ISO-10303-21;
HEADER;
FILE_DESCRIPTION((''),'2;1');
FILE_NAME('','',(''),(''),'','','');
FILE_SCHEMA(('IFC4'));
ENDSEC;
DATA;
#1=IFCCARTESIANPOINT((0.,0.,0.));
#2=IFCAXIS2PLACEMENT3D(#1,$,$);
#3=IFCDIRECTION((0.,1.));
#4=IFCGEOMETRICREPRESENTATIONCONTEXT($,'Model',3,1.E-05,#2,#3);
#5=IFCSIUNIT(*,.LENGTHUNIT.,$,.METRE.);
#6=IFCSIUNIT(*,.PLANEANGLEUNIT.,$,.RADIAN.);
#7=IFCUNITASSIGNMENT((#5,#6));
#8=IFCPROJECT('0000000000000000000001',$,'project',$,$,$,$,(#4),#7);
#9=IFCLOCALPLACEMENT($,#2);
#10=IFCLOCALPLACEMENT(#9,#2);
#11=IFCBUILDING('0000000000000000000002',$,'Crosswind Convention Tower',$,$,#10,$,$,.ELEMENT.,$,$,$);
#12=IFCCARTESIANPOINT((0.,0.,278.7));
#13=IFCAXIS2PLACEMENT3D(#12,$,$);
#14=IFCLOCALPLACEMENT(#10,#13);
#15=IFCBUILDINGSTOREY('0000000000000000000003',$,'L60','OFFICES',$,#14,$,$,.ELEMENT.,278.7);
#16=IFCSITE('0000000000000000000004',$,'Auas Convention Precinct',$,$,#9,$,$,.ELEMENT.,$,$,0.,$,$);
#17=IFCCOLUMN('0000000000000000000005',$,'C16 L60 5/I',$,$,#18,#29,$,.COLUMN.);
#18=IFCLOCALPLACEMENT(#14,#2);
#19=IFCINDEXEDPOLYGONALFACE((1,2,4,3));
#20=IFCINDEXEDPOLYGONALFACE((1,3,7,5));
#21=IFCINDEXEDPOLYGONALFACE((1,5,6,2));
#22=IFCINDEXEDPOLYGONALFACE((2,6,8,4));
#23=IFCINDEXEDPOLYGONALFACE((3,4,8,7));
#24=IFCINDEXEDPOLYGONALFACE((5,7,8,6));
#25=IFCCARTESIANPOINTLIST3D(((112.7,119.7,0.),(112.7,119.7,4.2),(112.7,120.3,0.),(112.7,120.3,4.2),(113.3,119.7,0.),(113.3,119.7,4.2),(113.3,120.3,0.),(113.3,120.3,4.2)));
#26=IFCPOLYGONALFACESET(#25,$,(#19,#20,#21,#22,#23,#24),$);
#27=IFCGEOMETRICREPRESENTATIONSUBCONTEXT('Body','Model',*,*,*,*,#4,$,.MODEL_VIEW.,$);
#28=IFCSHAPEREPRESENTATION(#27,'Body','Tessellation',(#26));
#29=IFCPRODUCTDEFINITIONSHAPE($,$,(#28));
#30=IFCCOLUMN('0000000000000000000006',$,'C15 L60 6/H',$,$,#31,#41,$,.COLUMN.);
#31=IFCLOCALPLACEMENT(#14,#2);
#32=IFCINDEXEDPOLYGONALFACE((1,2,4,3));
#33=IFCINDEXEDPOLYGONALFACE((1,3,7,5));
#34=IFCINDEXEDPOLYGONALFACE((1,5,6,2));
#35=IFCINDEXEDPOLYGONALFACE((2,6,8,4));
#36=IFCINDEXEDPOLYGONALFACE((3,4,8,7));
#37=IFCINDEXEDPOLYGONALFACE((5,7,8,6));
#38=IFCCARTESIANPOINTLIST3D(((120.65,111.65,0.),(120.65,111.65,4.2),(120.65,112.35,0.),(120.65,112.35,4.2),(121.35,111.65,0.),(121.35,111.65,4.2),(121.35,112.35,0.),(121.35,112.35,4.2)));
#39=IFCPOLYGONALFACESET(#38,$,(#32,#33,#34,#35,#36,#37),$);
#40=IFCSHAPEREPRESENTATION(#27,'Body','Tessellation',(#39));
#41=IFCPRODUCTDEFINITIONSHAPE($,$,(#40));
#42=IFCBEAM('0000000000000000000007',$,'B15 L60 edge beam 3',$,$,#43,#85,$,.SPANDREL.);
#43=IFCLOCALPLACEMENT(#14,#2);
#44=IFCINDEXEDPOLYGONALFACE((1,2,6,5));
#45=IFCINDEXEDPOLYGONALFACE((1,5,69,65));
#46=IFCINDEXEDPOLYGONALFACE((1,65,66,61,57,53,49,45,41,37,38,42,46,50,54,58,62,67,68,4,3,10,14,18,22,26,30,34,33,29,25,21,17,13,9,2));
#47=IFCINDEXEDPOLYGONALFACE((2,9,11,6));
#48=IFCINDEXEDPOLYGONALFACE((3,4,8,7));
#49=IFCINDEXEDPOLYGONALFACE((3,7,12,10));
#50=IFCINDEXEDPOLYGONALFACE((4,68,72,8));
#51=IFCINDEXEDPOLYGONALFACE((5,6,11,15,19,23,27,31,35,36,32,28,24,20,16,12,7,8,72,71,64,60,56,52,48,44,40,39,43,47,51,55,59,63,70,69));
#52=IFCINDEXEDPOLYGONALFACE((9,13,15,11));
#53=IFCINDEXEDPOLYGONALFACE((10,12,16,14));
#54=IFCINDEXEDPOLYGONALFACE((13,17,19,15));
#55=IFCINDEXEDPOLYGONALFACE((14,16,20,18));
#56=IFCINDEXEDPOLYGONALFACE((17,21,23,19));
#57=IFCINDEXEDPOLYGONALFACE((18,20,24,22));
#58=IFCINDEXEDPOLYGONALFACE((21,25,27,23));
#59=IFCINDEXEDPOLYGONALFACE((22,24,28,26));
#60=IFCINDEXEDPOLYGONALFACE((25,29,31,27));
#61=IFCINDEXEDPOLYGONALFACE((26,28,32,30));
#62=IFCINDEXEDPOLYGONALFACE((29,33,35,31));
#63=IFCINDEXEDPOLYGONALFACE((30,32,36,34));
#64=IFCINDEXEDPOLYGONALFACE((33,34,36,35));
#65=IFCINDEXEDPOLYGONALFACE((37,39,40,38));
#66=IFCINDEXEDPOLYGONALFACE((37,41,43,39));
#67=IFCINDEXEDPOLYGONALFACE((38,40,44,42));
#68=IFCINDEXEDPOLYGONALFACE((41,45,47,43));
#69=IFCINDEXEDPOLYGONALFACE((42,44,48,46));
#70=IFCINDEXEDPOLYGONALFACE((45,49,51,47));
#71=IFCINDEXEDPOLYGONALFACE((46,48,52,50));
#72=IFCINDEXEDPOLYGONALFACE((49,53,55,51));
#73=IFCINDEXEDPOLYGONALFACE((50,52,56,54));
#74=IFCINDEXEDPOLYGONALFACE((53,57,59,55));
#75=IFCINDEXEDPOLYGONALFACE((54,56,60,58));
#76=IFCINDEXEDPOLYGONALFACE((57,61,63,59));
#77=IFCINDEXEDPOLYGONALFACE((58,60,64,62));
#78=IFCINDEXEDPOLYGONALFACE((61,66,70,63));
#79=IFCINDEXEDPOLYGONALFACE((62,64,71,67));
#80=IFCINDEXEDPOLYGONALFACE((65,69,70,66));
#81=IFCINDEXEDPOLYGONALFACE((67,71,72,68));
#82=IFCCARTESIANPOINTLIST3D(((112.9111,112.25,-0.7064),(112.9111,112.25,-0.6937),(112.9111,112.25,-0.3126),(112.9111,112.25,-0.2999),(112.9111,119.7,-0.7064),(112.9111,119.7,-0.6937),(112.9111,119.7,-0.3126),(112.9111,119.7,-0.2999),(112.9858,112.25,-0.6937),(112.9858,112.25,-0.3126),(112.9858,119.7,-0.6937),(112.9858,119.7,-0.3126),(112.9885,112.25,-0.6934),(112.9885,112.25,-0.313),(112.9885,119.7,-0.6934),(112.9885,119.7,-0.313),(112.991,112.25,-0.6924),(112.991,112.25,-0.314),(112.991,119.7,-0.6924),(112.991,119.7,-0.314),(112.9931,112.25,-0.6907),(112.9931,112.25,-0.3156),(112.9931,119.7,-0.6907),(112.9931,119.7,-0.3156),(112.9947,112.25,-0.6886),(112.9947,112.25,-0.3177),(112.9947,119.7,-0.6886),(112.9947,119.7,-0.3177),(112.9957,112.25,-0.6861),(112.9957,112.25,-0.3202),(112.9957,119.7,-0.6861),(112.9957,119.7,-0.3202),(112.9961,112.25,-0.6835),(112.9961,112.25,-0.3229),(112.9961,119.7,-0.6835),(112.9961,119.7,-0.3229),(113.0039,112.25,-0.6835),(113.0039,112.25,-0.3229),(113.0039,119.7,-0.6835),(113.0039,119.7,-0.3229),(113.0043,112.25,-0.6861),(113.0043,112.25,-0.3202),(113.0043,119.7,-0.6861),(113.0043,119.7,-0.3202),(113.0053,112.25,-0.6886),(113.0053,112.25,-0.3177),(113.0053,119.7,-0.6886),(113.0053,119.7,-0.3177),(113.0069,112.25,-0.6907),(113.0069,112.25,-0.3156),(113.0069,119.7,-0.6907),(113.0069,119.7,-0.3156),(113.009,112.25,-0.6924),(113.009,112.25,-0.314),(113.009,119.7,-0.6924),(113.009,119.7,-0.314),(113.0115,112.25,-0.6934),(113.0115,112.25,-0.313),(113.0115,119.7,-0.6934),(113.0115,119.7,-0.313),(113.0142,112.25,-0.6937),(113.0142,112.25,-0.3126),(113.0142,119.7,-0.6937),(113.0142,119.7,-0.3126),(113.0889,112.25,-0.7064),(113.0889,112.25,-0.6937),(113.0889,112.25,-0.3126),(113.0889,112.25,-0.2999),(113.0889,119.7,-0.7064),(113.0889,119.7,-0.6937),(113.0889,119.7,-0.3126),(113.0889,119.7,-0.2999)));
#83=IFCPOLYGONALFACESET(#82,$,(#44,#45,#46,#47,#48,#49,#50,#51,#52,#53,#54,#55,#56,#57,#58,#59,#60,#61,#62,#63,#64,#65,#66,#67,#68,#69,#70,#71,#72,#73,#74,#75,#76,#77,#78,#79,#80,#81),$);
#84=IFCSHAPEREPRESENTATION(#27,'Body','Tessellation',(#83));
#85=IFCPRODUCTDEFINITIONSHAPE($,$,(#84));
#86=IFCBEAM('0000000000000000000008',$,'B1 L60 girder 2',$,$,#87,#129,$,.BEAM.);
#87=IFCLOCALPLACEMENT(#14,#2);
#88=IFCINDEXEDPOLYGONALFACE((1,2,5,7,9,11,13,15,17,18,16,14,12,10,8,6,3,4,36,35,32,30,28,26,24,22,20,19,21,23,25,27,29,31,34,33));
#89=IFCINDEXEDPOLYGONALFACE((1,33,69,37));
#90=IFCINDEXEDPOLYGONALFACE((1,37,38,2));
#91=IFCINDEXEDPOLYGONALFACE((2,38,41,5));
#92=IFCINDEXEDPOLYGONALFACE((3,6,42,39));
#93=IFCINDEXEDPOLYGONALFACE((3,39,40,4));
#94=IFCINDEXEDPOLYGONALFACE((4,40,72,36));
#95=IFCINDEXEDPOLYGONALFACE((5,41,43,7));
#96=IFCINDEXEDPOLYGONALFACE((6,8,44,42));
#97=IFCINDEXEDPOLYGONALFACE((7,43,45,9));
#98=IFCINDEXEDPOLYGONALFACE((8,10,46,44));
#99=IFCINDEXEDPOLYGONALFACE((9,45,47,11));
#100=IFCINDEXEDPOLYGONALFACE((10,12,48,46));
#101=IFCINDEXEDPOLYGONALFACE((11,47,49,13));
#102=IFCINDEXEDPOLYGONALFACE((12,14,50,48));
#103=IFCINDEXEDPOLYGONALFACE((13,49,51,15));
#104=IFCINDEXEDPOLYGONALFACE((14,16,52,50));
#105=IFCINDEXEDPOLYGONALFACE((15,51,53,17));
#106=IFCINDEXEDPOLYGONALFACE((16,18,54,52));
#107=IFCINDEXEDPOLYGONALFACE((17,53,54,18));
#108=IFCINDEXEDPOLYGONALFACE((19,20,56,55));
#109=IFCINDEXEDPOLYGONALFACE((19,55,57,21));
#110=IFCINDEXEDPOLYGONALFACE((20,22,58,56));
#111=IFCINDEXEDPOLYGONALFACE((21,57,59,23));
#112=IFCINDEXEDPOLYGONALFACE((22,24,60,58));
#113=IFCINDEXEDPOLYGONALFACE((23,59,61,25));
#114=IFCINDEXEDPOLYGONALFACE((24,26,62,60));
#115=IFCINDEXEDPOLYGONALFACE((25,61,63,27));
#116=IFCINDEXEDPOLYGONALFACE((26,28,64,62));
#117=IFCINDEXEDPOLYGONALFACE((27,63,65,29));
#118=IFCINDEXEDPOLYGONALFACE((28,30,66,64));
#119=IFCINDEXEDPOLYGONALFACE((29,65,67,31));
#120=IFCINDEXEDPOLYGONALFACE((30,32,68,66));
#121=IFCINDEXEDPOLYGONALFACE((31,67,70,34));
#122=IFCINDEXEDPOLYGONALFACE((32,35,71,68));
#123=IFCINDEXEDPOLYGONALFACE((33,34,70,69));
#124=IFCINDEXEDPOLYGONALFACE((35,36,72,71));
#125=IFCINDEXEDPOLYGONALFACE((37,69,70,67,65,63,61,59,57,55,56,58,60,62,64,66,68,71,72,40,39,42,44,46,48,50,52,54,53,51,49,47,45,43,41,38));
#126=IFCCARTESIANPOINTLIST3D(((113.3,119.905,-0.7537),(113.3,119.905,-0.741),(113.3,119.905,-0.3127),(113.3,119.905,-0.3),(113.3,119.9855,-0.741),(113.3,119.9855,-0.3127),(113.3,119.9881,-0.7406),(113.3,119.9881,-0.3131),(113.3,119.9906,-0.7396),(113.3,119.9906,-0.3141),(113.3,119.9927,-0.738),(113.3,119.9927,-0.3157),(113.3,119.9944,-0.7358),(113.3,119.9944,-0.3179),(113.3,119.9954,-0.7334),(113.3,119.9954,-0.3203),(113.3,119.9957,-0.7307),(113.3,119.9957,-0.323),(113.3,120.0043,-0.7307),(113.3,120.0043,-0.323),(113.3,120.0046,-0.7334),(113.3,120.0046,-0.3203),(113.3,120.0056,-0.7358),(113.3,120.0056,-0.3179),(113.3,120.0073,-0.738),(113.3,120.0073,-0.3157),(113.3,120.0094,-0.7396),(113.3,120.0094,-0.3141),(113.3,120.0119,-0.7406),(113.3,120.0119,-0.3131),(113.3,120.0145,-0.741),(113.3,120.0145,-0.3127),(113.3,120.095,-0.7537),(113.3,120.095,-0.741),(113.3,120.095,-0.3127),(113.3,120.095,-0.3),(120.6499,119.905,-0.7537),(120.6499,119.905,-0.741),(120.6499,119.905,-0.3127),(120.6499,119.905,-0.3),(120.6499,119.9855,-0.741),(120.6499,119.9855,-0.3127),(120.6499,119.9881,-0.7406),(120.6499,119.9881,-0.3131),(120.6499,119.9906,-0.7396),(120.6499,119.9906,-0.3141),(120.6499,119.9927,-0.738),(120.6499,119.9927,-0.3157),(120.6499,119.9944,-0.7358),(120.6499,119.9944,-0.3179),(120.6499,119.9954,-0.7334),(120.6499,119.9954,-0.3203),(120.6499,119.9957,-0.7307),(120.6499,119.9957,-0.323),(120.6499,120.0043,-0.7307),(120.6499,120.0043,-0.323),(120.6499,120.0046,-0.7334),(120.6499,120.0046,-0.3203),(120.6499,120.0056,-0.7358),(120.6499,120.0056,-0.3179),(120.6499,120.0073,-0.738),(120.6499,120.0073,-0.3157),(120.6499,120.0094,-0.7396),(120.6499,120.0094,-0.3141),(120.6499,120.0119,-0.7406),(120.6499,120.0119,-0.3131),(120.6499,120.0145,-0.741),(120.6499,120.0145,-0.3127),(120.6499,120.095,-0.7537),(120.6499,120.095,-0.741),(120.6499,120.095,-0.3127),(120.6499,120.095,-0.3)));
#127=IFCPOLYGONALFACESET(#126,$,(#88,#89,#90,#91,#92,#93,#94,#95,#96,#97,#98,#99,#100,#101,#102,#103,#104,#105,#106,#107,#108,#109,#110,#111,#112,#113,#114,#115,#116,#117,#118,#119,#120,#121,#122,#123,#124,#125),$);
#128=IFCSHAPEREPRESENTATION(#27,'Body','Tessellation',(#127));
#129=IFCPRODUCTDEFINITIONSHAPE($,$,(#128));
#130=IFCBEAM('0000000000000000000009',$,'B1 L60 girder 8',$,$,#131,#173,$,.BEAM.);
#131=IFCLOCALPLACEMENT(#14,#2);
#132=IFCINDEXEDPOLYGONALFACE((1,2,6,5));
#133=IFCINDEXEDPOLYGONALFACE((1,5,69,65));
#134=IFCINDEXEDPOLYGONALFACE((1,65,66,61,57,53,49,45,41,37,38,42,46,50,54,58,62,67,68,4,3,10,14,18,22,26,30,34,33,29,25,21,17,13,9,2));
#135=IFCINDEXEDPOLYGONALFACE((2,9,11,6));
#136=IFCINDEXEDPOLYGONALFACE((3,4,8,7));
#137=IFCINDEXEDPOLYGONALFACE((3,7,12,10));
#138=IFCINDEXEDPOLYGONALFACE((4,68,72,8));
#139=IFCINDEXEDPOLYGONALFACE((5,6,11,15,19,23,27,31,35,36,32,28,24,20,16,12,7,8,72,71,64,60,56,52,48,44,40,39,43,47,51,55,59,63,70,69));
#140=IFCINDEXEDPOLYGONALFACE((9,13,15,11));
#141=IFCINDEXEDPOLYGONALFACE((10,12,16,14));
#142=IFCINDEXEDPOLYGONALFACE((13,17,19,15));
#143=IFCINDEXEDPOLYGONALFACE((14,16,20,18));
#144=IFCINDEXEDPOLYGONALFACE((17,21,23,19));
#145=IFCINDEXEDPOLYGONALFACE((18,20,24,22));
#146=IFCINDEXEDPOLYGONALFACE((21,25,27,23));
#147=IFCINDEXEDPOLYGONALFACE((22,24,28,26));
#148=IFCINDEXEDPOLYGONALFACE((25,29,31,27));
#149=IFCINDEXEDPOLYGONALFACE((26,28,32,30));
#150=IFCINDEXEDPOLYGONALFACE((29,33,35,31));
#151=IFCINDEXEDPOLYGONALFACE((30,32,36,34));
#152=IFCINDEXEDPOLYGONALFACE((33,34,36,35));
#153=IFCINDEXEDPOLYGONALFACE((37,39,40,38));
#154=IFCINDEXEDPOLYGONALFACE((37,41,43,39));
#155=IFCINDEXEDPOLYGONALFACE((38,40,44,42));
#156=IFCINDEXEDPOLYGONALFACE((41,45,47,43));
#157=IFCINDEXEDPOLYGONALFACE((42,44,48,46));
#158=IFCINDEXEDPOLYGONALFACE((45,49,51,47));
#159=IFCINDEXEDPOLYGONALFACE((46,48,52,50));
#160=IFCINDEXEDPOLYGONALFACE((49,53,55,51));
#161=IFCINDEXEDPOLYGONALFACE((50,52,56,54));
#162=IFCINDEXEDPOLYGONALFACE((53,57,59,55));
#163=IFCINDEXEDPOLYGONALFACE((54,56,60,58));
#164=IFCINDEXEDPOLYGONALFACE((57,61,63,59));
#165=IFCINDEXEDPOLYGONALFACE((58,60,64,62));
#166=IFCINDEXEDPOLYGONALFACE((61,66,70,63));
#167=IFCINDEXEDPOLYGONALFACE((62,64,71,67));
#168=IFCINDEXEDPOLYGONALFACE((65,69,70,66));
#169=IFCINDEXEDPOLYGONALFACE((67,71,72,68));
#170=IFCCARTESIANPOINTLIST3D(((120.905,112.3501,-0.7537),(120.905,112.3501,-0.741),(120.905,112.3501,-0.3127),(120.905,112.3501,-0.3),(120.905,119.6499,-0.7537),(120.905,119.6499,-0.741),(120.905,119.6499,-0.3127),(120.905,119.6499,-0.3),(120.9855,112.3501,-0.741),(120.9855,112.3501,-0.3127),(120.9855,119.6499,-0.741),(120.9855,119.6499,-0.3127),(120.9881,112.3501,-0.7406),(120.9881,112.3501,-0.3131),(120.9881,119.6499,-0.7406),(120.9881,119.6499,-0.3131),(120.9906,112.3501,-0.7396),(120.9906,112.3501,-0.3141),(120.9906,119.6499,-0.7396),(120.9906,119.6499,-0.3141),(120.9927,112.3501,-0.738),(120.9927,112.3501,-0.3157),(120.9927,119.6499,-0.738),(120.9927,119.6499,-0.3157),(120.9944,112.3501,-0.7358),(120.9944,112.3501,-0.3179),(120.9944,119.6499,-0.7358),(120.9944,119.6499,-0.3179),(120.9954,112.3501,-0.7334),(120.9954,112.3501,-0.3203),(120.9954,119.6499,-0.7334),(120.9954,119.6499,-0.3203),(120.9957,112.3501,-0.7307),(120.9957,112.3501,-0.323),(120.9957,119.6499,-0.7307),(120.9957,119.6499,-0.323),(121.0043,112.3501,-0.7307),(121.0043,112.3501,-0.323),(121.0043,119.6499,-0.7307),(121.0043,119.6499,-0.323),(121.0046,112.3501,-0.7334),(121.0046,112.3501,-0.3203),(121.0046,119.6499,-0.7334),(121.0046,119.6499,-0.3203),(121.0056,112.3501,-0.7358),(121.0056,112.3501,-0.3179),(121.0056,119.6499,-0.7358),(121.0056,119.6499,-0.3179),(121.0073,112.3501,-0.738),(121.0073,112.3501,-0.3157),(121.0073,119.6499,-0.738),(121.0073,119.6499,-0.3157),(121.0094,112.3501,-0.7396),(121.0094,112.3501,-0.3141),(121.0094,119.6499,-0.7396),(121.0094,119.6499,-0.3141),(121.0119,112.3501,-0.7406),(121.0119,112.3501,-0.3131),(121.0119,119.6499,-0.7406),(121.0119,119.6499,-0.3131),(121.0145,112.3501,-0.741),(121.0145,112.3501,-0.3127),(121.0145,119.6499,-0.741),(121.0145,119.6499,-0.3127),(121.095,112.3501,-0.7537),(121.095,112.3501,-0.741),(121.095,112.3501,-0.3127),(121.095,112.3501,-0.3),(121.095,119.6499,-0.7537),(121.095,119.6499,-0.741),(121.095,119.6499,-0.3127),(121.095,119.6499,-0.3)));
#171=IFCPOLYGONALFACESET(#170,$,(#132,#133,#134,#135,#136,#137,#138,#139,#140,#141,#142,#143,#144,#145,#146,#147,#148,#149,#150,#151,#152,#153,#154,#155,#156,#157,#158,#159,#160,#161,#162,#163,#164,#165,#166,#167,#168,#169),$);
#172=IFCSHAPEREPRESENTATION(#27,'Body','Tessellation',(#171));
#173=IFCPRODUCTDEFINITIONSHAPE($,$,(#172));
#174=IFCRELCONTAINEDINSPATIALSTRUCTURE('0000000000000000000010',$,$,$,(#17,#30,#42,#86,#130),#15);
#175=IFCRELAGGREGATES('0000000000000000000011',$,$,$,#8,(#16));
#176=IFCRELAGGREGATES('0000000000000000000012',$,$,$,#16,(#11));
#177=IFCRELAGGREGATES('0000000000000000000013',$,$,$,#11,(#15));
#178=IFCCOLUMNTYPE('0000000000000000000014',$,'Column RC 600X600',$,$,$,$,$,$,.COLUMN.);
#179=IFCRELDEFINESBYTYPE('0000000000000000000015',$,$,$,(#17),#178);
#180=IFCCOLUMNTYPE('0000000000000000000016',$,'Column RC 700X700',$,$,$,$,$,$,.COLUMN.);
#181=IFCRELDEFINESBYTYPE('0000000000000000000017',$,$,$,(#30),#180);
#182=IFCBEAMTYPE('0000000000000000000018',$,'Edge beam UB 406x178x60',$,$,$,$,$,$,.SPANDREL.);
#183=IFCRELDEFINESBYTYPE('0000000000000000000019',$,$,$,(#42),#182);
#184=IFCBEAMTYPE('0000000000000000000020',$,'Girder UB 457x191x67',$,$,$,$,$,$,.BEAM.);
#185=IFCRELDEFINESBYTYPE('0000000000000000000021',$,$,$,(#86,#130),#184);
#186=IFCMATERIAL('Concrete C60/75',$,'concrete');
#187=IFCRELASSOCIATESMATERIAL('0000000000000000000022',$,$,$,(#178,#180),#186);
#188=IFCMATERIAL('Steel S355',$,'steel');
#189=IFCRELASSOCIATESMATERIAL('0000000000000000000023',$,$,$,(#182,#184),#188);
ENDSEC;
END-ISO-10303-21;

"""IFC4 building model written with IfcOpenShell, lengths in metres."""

from ifc_helpers import new_model, si_unit, direction, frame, origin, origin_2d, place, context, subcontext, project, spatial, rectangle, i_section, extrude, material, material_profile, profile_set, type_object, element, save


model = new_model("IFC4")

# Units and contexts
model_context = context("Model", 3, precision=1e-05, world=origin(), true_north=direction((0.0, 1.0)))
body_context = subcontext(model_context, "Body", "Model", "MODEL_VIEW")
ifc_project = project(units=[si_unit("LENGTHUNIT", "METRE"), si_unit("PLANEANGLEUNIT", "RADIAN")], contexts=[model_context])

# Site, building, storey
site_placement = place(None, origin())
site = spatial("IfcSite", under=ifc_project, at=site_placement, Name="Auas Convention Precinct", CompositionType="ELEMENT", RefElevation=0.0)
building_placement = place(site_placement, origin())
building = spatial("IfcBuilding", under=site, at=building_placement, Name="Crosswind Convention Tower", CompositionType="ELEMENT")
storey_placement = place(building_placement, frame((0.0, 0.0, 278.7)))
storey = spatial("IfcBuildingStorey", under=building, at=storey_placement, Name="L60", Description="OFFICES", CompositionType="ELEMENT", Elevation=278.7)

# Columns
ifc_material_1 = material(Name="Concrete C60/75", Category="concrete")
ifc_material_profile_1 = material_profile(ifc_material_1, rectangle(XDim=0.6001, YDim=0.6001, at=origin_2d()), Name="RC 600X600")
ifc_profile_set_1 = profile_set([ifc_material_profile_1], Name="Concrete C60/75")
column_type_1 = type_object("IfcColumnType", Name="Column RC 600X600", PredefinedType="COLUMN", material=ifc_profile_set_1)
column_1_placement = place(storey_placement, frame((113.0, 120.0, 0.0), z_axis=(0.0, 0.0, 1.0), x_axis=(1.0, 0.0, 0.0)))
element("IfcColumn", 1, at=column_1_placement, inside=storey, type_object=column_type_1, Name="C16 L60 5/I", PredefinedType="COLUMN", context=body_context, shape_type="SweptSolid", body=[
    extrude(rectangle(XDim=0.6001, YDim=0.6001, at=origin_2d()), origin(), (0.0, 0.0, 1.0), 4.2),
])
ifc_material_profile_2 = material_profile(ifc_material_1, rectangle(XDim=0.7, YDim=0.7, at=origin_2d()), Name="RC 700X700")
ifc_profile_set_2 = profile_set([ifc_material_profile_2], Name="Concrete C60/75")
column_type_2 = type_object("IfcColumnType", Name="Column RC 700X700", PredefinedType="COLUMN", material=ifc_profile_set_2)
column_2_placement = place(storey_placement, frame((121.0, 112.0, 0.0), z_axis=(0.0, 0.0, 1.0), x_axis=(1.0, 0.0, 0.0)))
element("IfcColumn", 2, at=column_2_placement, inside=storey, type_object=column_type_2, Name="C15 L60 6/H", PredefinedType="COLUMN", context=body_context, shape_type="SweptSolid", body=[
    extrude(rectangle(XDim=0.7, YDim=0.7, at=origin_2d()), origin(), (0.0, 0.0, 1.0), 4.2),
])

# Beams
ifc_material_2 = material(Name="Steel S355", Category="steel")
ifc_material_profile_3 = material_profile(ifc_material_2, i_section(OverallWidth=0.1777, OverallDepth=0.4065, WebThickness=0.0078, FlangeThickness=0.0127, FilletRadius=0.0103, at=origin_2d()), Name="UB 406x178x60")
ifc_profile_set_3 = profile_set([ifc_material_profile_3], Name="Steel S355")
beam_type_1 = type_object("IfcBeamType", Name="Edge beam UB 406x178x60", PredefinedType="SPANDREL", material=ifc_profile_set_3)
beam_1_placement = place(storey_placement, frame((113.0, 112.25, -0.5032), z_axis=(0.0, 1.0, 0.0), x_axis=(-1.0, 0.0, 0.0)))
element("IfcBeam", 3, at=beam_1_placement, inside=storey, type_object=beam_type_1, Name="B15 L60 edge beam 3", PredefinedType="SPANDREL", context=body_context, shape_type="SweptSolid", body=[
    extrude(i_section(OverallWidth=0.1777, OverallDepth=0.4065, WebThickness=0.0078, FlangeThickness=0.0127, FilletRadius=0.0103, at=origin_2d()), origin(), (0.0, 0.0, 1.0), 7.45),
])
ifc_material_profile_4 = material_profile(ifc_material_2, i_section(OverallWidth=0.1899, OverallDepth=0.4536, WebThickness=0.0085, FlangeThickness=0.0127, FilletRadius=0.0103, at=origin_2d()), Name="UB 457x191x67")
ifc_profile_set_4 = profile_set([ifc_material_profile_4], Name="Steel S355")
beam_type_2 = type_object("IfcBeamType", Name="Girder UB 457x191x67", PredefinedType="BEAM", material=ifc_profile_set_4)
beam_2_placement = place(storey_placement, frame((113.3, 120.0, -0.5269), z_axis=(1.0, 0.0, 0.0), x_axis=(0.0, 1.0, 0.0)))
element("IfcBeam", 4, at=beam_2_placement, inside=storey, type_object=beam_type_2, Name="B1 L60 girder 2", PredefinedType="BEAM", context=body_context, shape_type="SweptSolid", body=[
    extrude(i_section(OverallWidth=0.1899, OverallDepth=0.4536, WebThickness=0.0085, FlangeThickness=0.0127, FilletRadius=0.0103, at=origin_2d()), origin(), (0.0, 0.0, 1.0), 7.3499),
])
beam_3_placement = place(storey_placement, frame((121.0, 112.3501, -0.5269), z_axis=(0.0, 1.0, 0.0), x_axis=(-1.0, 0.0, 0.0)))
element("IfcBeam", 5, at=beam_3_placement, inside=storey, type_object=beam_type_2, Name="B1 L60 girder 8", PredefinedType="BEAM", context=body_context, shape_type="SweptSolid", body=[
    extrude(i_section(OverallWidth=0.1899, OverallDepth=0.4536, WebThickness=0.0085, FlangeThickness=0.0127, FilletRadius=0.0103, at=origin_2d()), origin(), (0.0, 0.0, 1.0), 7.2998),
])

save(model, "model.ifc")
